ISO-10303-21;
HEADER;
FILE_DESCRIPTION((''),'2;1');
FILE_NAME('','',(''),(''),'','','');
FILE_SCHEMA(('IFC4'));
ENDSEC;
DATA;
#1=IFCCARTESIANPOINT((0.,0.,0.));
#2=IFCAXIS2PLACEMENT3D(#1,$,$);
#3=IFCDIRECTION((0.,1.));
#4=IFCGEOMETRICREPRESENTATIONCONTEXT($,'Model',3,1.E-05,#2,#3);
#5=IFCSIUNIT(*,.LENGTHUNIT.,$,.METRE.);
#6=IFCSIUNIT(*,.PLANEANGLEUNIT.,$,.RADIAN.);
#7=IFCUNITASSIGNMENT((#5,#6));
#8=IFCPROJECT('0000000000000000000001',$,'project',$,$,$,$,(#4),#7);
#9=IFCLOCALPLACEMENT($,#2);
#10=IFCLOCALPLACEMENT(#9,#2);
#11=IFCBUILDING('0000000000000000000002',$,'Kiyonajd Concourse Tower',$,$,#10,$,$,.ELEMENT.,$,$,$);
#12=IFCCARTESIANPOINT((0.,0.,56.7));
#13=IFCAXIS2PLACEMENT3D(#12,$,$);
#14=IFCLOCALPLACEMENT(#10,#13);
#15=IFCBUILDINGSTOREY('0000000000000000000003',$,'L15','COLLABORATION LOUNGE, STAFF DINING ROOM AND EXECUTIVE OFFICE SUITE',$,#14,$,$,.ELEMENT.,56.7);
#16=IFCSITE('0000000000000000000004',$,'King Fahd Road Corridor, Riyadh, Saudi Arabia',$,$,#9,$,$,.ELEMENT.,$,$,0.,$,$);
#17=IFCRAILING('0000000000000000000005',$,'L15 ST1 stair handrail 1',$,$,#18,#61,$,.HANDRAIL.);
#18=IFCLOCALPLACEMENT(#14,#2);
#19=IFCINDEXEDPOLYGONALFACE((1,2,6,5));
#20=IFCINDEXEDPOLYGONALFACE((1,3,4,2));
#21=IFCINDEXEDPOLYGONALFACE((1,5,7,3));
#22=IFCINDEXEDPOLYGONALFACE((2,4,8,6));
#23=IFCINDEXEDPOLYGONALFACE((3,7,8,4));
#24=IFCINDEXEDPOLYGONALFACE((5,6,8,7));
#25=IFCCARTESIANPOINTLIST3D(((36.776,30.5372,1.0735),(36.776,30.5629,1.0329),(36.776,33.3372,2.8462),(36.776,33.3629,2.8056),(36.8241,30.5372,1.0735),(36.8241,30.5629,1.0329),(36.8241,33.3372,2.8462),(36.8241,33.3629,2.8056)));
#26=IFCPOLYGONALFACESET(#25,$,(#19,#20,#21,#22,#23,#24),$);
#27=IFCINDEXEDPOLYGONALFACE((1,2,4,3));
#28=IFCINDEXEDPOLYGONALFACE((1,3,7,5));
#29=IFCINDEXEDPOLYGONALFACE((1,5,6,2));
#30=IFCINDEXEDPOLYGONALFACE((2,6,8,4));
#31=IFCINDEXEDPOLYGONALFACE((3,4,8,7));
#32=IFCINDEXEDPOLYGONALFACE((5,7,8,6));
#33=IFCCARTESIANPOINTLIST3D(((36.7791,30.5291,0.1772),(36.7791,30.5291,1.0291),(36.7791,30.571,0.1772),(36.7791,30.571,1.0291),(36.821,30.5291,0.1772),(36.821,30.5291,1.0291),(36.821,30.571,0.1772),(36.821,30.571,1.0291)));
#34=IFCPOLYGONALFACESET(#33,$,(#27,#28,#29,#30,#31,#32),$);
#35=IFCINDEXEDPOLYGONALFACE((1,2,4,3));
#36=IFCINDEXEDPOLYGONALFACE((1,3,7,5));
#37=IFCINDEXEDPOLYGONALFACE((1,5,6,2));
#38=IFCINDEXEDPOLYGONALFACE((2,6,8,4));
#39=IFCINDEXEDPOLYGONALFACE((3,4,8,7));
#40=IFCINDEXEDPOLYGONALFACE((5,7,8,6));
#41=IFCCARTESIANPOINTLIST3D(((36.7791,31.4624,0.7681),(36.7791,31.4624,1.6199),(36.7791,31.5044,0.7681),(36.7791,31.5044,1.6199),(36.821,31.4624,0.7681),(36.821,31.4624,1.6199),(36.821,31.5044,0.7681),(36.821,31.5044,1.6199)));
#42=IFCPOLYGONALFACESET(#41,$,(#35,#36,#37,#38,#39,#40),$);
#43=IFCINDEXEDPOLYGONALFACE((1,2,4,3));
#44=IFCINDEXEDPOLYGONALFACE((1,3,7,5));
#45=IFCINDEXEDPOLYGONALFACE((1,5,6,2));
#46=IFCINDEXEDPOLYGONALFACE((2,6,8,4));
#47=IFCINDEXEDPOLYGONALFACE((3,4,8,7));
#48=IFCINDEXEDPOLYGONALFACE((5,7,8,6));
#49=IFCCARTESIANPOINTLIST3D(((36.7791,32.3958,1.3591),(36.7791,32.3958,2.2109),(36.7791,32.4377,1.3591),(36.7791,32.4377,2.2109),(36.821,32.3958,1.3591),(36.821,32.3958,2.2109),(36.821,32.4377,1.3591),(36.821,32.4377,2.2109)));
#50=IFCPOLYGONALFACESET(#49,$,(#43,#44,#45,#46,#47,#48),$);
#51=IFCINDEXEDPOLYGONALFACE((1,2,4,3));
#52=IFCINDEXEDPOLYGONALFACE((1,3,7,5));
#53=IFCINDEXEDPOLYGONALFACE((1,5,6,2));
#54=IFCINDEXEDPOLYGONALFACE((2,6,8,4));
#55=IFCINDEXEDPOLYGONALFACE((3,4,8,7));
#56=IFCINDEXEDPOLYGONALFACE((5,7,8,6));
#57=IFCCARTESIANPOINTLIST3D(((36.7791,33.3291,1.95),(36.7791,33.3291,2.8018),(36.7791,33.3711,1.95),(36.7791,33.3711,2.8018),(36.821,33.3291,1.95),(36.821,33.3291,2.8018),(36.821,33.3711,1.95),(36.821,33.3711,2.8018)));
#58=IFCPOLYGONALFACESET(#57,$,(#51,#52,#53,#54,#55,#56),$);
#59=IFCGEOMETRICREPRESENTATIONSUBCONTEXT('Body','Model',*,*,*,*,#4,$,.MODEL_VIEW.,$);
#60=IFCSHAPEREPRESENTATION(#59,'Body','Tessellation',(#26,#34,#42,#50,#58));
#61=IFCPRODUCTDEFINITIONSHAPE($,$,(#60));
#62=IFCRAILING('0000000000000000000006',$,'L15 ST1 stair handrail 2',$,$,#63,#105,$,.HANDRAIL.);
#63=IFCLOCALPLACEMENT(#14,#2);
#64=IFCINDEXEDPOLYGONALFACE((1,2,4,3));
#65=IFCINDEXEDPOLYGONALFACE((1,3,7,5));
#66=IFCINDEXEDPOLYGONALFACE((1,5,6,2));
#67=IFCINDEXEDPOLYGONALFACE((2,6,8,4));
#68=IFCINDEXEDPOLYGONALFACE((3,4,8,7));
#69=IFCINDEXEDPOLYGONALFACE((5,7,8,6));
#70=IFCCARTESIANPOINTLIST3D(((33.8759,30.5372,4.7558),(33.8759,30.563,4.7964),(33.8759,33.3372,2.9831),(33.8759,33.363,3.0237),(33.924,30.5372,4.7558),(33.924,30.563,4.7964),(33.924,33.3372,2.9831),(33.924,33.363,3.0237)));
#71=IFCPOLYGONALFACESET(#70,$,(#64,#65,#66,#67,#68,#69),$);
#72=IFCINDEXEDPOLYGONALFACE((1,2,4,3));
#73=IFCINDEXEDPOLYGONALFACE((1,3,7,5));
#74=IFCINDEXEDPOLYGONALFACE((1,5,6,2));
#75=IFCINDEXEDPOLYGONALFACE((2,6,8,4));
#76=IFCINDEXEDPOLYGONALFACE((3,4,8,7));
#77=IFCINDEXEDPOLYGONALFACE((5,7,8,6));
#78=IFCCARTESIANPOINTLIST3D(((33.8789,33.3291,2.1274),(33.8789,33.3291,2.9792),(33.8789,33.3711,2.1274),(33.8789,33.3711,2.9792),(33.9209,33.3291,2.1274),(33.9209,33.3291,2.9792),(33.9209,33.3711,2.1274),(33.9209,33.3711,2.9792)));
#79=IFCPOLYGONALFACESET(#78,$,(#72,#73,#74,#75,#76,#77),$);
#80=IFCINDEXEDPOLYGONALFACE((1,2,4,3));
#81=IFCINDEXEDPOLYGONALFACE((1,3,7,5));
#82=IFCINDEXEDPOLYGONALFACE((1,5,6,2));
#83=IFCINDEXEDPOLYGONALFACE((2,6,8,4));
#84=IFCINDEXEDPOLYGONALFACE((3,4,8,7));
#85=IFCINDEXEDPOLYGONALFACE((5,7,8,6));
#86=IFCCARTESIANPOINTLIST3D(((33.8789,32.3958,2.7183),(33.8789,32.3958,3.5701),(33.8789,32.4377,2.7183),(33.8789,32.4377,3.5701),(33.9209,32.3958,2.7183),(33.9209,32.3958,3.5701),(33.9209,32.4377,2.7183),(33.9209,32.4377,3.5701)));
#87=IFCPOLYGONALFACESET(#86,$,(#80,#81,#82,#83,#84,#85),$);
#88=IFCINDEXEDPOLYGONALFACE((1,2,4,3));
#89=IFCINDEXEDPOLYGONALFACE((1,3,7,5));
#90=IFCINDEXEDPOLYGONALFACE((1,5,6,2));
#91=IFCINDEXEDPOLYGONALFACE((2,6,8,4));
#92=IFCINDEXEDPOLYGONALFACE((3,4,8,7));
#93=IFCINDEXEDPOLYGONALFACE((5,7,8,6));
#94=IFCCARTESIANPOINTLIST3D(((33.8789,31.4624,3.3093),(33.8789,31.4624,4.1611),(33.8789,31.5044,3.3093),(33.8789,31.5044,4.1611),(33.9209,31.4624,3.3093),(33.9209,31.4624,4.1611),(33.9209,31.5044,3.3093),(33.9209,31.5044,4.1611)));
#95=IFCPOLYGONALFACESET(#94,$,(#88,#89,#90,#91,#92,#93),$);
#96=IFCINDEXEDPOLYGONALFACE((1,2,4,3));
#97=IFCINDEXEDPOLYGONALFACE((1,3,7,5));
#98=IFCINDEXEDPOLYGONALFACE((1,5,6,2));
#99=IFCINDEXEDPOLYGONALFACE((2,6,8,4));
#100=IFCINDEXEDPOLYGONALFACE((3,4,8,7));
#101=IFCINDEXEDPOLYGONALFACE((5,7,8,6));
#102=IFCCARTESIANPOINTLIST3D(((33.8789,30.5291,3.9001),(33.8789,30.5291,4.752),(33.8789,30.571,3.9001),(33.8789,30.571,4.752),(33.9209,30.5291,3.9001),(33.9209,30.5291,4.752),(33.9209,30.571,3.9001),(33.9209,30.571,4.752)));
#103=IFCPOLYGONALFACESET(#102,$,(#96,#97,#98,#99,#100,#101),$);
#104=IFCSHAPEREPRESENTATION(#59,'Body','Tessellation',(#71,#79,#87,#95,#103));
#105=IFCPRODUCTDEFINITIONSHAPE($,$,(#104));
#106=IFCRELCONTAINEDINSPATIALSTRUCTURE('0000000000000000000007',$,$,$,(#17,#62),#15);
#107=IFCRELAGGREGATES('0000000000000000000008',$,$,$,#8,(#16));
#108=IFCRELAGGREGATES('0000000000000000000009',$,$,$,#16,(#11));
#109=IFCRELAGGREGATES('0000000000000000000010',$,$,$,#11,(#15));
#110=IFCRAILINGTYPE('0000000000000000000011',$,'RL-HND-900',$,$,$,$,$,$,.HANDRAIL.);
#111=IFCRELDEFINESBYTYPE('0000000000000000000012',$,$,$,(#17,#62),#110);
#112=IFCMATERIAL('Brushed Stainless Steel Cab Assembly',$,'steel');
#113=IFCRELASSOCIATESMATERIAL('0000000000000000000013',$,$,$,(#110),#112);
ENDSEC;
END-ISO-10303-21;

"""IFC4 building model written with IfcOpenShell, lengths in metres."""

from ifc_helpers import new_model, si_unit, direction, frame, origin, origin_2d, place, context, subcontext, project, spatial, rectangle, extrude, material, type_object, element, save


model = new_model("IFC4")

# Units and contexts
model_context = context("Model", 3, precision=1e-05, world=origin(), true_north=direction((0.0, 1.0)))
body_context = subcontext(model_context, "Body", "Model", "MODEL_VIEW")
ifc_project = project(units=[si_unit("LENGTHUNIT", "METRE"), si_unit("PLANEANGLEUNIT", "RADIAN")], contexts=[model_context])

# Site, building, storey
site_placement = place(None, origin())
site = spatial("IfcSite", under=ifc_project, at=site_placement, Name="King Fahd Road Corridor, Riyadh, Saudi Arabia", CompositionType="ELEMENT", RefElevation=0.0)
building_placement = place(site_placement, origin())
building = spatial("IfcBuilding", under=site, at=building_placement, Name="Kiyonajd Concourse Tower", CompositionType="ELEMENT")
storey_placement = place(building_placement, frame((0.0, 0.0, 56.7)))
storey = spatial("IfcBuildingStorey", under=building, at=storey_placement, Name="L15", Description="COLLABORATION LOUNGE, STAFF DINING ROOM AND EXECUTIVE OFFICE SUITE", CompositionType="ELEMENT", Elevation=56.7)

# Shared definitions
ifc_material_1 = material(Name="Brushed Stainless Steel Cab Assembly", Category="steel")

# Railings
railing_type_1 = type_object("IfcRailingType", Name="RL-HND-900", PredefinedType="HANDRAIL", material=ifc_material_1)
railing_1_placement = place(storey_placement, frame((36.8, 30.55, 0.1772)))
element("IfcRailing", 1, at=railing_1_placement, inside=storey, type_object=railing_type_1, Name="L15 ST1 stair handrail 1", PredefinedType="HANDRAIL", context=body_context, shape_type="SweptSolid", body=[
    extrude(rectangle(XDim=0.0481, YDim=0.0481, at=origin_2d()), frame((0.0, 0.0, 0.876), z_axis=(0.0, 0.844909, 0.53491), x_axis=(-1.0, 0.0, 0.0)), (0.0, 0.0, 1.0), 3.314),
    extrude(rectangle(XDim=0.042, YDim=0.042, at=origin_2d()), origin(), (0.0, 0.0, 1.0), 0.8518),
    extrude(rectangle(XDim=0.042, YDim=0.042, at=origin_2d()), frame((0.0, 0.9333, 0.5908)), (0.0, 0.0, 1.0), 0.8518),
    extrude(rectangle(XDim=0.042, YDim=0.042, at=origin_2d()), frame((0.0, 1.8667, 1.1819)), (0.0, 0.0, 1.0), 0.8518),
    extrude(rectangle(XDim=0.042, YDim=0.042, at=origin_2d()), frame((0.0, 2.8, 1.7727)), (0.0, 0.0, 1.0), 0.8518),
])
railing_2_placement = place(storey_placement, frame((33.8999, 33.3501, 2.1274)))
element("IfcRailing", 2, at=railing_2_placement, inside=storey, type_object=railing_type_1, Name="L15 ST1 stair handrail 2", PredefinedType="HANDRAIL", context=body_context, shape_type="SweptSolid", body=[
    extrude(rectangle(XDim=0.0481, YDim=0.0481, at=origin_2d()), frame((0.0, 0.0, 0.876), z_axis=(0.0, -0.844909, 0.53491), x_axis=(1.0, 0.0, 0.0)), (0.0, 0.0, 1.0), 3.314),
    extrude(rectangle(XDim=0.042, YDim=0.042, at=origin_2d()), origin(), (0.0, 0.0, 1.0), 0.8518),
    extrude(rectangle(XDim=0.042, YDim=0.042, at=origin_2d()), frame((0.0, -0.9333, 0.5908)), (0.0, 0.0, 1.0), 0.8518),
    extrude(rectangle(XDim=0.042, YDim=0.042, at=origin_2d()), frame((0.0, -1.8667, 1.1819)), (0.0, 0.0, 1.0), 0.8518),
    extrude(rectangle(XDim=0.042, YDim=0.042, at=origin_2d()), frame((0.0, -2.8, 1.7727)), (0.0, 0.0, 1.0), 0.8518),
])

save(model, "model.ifc")
